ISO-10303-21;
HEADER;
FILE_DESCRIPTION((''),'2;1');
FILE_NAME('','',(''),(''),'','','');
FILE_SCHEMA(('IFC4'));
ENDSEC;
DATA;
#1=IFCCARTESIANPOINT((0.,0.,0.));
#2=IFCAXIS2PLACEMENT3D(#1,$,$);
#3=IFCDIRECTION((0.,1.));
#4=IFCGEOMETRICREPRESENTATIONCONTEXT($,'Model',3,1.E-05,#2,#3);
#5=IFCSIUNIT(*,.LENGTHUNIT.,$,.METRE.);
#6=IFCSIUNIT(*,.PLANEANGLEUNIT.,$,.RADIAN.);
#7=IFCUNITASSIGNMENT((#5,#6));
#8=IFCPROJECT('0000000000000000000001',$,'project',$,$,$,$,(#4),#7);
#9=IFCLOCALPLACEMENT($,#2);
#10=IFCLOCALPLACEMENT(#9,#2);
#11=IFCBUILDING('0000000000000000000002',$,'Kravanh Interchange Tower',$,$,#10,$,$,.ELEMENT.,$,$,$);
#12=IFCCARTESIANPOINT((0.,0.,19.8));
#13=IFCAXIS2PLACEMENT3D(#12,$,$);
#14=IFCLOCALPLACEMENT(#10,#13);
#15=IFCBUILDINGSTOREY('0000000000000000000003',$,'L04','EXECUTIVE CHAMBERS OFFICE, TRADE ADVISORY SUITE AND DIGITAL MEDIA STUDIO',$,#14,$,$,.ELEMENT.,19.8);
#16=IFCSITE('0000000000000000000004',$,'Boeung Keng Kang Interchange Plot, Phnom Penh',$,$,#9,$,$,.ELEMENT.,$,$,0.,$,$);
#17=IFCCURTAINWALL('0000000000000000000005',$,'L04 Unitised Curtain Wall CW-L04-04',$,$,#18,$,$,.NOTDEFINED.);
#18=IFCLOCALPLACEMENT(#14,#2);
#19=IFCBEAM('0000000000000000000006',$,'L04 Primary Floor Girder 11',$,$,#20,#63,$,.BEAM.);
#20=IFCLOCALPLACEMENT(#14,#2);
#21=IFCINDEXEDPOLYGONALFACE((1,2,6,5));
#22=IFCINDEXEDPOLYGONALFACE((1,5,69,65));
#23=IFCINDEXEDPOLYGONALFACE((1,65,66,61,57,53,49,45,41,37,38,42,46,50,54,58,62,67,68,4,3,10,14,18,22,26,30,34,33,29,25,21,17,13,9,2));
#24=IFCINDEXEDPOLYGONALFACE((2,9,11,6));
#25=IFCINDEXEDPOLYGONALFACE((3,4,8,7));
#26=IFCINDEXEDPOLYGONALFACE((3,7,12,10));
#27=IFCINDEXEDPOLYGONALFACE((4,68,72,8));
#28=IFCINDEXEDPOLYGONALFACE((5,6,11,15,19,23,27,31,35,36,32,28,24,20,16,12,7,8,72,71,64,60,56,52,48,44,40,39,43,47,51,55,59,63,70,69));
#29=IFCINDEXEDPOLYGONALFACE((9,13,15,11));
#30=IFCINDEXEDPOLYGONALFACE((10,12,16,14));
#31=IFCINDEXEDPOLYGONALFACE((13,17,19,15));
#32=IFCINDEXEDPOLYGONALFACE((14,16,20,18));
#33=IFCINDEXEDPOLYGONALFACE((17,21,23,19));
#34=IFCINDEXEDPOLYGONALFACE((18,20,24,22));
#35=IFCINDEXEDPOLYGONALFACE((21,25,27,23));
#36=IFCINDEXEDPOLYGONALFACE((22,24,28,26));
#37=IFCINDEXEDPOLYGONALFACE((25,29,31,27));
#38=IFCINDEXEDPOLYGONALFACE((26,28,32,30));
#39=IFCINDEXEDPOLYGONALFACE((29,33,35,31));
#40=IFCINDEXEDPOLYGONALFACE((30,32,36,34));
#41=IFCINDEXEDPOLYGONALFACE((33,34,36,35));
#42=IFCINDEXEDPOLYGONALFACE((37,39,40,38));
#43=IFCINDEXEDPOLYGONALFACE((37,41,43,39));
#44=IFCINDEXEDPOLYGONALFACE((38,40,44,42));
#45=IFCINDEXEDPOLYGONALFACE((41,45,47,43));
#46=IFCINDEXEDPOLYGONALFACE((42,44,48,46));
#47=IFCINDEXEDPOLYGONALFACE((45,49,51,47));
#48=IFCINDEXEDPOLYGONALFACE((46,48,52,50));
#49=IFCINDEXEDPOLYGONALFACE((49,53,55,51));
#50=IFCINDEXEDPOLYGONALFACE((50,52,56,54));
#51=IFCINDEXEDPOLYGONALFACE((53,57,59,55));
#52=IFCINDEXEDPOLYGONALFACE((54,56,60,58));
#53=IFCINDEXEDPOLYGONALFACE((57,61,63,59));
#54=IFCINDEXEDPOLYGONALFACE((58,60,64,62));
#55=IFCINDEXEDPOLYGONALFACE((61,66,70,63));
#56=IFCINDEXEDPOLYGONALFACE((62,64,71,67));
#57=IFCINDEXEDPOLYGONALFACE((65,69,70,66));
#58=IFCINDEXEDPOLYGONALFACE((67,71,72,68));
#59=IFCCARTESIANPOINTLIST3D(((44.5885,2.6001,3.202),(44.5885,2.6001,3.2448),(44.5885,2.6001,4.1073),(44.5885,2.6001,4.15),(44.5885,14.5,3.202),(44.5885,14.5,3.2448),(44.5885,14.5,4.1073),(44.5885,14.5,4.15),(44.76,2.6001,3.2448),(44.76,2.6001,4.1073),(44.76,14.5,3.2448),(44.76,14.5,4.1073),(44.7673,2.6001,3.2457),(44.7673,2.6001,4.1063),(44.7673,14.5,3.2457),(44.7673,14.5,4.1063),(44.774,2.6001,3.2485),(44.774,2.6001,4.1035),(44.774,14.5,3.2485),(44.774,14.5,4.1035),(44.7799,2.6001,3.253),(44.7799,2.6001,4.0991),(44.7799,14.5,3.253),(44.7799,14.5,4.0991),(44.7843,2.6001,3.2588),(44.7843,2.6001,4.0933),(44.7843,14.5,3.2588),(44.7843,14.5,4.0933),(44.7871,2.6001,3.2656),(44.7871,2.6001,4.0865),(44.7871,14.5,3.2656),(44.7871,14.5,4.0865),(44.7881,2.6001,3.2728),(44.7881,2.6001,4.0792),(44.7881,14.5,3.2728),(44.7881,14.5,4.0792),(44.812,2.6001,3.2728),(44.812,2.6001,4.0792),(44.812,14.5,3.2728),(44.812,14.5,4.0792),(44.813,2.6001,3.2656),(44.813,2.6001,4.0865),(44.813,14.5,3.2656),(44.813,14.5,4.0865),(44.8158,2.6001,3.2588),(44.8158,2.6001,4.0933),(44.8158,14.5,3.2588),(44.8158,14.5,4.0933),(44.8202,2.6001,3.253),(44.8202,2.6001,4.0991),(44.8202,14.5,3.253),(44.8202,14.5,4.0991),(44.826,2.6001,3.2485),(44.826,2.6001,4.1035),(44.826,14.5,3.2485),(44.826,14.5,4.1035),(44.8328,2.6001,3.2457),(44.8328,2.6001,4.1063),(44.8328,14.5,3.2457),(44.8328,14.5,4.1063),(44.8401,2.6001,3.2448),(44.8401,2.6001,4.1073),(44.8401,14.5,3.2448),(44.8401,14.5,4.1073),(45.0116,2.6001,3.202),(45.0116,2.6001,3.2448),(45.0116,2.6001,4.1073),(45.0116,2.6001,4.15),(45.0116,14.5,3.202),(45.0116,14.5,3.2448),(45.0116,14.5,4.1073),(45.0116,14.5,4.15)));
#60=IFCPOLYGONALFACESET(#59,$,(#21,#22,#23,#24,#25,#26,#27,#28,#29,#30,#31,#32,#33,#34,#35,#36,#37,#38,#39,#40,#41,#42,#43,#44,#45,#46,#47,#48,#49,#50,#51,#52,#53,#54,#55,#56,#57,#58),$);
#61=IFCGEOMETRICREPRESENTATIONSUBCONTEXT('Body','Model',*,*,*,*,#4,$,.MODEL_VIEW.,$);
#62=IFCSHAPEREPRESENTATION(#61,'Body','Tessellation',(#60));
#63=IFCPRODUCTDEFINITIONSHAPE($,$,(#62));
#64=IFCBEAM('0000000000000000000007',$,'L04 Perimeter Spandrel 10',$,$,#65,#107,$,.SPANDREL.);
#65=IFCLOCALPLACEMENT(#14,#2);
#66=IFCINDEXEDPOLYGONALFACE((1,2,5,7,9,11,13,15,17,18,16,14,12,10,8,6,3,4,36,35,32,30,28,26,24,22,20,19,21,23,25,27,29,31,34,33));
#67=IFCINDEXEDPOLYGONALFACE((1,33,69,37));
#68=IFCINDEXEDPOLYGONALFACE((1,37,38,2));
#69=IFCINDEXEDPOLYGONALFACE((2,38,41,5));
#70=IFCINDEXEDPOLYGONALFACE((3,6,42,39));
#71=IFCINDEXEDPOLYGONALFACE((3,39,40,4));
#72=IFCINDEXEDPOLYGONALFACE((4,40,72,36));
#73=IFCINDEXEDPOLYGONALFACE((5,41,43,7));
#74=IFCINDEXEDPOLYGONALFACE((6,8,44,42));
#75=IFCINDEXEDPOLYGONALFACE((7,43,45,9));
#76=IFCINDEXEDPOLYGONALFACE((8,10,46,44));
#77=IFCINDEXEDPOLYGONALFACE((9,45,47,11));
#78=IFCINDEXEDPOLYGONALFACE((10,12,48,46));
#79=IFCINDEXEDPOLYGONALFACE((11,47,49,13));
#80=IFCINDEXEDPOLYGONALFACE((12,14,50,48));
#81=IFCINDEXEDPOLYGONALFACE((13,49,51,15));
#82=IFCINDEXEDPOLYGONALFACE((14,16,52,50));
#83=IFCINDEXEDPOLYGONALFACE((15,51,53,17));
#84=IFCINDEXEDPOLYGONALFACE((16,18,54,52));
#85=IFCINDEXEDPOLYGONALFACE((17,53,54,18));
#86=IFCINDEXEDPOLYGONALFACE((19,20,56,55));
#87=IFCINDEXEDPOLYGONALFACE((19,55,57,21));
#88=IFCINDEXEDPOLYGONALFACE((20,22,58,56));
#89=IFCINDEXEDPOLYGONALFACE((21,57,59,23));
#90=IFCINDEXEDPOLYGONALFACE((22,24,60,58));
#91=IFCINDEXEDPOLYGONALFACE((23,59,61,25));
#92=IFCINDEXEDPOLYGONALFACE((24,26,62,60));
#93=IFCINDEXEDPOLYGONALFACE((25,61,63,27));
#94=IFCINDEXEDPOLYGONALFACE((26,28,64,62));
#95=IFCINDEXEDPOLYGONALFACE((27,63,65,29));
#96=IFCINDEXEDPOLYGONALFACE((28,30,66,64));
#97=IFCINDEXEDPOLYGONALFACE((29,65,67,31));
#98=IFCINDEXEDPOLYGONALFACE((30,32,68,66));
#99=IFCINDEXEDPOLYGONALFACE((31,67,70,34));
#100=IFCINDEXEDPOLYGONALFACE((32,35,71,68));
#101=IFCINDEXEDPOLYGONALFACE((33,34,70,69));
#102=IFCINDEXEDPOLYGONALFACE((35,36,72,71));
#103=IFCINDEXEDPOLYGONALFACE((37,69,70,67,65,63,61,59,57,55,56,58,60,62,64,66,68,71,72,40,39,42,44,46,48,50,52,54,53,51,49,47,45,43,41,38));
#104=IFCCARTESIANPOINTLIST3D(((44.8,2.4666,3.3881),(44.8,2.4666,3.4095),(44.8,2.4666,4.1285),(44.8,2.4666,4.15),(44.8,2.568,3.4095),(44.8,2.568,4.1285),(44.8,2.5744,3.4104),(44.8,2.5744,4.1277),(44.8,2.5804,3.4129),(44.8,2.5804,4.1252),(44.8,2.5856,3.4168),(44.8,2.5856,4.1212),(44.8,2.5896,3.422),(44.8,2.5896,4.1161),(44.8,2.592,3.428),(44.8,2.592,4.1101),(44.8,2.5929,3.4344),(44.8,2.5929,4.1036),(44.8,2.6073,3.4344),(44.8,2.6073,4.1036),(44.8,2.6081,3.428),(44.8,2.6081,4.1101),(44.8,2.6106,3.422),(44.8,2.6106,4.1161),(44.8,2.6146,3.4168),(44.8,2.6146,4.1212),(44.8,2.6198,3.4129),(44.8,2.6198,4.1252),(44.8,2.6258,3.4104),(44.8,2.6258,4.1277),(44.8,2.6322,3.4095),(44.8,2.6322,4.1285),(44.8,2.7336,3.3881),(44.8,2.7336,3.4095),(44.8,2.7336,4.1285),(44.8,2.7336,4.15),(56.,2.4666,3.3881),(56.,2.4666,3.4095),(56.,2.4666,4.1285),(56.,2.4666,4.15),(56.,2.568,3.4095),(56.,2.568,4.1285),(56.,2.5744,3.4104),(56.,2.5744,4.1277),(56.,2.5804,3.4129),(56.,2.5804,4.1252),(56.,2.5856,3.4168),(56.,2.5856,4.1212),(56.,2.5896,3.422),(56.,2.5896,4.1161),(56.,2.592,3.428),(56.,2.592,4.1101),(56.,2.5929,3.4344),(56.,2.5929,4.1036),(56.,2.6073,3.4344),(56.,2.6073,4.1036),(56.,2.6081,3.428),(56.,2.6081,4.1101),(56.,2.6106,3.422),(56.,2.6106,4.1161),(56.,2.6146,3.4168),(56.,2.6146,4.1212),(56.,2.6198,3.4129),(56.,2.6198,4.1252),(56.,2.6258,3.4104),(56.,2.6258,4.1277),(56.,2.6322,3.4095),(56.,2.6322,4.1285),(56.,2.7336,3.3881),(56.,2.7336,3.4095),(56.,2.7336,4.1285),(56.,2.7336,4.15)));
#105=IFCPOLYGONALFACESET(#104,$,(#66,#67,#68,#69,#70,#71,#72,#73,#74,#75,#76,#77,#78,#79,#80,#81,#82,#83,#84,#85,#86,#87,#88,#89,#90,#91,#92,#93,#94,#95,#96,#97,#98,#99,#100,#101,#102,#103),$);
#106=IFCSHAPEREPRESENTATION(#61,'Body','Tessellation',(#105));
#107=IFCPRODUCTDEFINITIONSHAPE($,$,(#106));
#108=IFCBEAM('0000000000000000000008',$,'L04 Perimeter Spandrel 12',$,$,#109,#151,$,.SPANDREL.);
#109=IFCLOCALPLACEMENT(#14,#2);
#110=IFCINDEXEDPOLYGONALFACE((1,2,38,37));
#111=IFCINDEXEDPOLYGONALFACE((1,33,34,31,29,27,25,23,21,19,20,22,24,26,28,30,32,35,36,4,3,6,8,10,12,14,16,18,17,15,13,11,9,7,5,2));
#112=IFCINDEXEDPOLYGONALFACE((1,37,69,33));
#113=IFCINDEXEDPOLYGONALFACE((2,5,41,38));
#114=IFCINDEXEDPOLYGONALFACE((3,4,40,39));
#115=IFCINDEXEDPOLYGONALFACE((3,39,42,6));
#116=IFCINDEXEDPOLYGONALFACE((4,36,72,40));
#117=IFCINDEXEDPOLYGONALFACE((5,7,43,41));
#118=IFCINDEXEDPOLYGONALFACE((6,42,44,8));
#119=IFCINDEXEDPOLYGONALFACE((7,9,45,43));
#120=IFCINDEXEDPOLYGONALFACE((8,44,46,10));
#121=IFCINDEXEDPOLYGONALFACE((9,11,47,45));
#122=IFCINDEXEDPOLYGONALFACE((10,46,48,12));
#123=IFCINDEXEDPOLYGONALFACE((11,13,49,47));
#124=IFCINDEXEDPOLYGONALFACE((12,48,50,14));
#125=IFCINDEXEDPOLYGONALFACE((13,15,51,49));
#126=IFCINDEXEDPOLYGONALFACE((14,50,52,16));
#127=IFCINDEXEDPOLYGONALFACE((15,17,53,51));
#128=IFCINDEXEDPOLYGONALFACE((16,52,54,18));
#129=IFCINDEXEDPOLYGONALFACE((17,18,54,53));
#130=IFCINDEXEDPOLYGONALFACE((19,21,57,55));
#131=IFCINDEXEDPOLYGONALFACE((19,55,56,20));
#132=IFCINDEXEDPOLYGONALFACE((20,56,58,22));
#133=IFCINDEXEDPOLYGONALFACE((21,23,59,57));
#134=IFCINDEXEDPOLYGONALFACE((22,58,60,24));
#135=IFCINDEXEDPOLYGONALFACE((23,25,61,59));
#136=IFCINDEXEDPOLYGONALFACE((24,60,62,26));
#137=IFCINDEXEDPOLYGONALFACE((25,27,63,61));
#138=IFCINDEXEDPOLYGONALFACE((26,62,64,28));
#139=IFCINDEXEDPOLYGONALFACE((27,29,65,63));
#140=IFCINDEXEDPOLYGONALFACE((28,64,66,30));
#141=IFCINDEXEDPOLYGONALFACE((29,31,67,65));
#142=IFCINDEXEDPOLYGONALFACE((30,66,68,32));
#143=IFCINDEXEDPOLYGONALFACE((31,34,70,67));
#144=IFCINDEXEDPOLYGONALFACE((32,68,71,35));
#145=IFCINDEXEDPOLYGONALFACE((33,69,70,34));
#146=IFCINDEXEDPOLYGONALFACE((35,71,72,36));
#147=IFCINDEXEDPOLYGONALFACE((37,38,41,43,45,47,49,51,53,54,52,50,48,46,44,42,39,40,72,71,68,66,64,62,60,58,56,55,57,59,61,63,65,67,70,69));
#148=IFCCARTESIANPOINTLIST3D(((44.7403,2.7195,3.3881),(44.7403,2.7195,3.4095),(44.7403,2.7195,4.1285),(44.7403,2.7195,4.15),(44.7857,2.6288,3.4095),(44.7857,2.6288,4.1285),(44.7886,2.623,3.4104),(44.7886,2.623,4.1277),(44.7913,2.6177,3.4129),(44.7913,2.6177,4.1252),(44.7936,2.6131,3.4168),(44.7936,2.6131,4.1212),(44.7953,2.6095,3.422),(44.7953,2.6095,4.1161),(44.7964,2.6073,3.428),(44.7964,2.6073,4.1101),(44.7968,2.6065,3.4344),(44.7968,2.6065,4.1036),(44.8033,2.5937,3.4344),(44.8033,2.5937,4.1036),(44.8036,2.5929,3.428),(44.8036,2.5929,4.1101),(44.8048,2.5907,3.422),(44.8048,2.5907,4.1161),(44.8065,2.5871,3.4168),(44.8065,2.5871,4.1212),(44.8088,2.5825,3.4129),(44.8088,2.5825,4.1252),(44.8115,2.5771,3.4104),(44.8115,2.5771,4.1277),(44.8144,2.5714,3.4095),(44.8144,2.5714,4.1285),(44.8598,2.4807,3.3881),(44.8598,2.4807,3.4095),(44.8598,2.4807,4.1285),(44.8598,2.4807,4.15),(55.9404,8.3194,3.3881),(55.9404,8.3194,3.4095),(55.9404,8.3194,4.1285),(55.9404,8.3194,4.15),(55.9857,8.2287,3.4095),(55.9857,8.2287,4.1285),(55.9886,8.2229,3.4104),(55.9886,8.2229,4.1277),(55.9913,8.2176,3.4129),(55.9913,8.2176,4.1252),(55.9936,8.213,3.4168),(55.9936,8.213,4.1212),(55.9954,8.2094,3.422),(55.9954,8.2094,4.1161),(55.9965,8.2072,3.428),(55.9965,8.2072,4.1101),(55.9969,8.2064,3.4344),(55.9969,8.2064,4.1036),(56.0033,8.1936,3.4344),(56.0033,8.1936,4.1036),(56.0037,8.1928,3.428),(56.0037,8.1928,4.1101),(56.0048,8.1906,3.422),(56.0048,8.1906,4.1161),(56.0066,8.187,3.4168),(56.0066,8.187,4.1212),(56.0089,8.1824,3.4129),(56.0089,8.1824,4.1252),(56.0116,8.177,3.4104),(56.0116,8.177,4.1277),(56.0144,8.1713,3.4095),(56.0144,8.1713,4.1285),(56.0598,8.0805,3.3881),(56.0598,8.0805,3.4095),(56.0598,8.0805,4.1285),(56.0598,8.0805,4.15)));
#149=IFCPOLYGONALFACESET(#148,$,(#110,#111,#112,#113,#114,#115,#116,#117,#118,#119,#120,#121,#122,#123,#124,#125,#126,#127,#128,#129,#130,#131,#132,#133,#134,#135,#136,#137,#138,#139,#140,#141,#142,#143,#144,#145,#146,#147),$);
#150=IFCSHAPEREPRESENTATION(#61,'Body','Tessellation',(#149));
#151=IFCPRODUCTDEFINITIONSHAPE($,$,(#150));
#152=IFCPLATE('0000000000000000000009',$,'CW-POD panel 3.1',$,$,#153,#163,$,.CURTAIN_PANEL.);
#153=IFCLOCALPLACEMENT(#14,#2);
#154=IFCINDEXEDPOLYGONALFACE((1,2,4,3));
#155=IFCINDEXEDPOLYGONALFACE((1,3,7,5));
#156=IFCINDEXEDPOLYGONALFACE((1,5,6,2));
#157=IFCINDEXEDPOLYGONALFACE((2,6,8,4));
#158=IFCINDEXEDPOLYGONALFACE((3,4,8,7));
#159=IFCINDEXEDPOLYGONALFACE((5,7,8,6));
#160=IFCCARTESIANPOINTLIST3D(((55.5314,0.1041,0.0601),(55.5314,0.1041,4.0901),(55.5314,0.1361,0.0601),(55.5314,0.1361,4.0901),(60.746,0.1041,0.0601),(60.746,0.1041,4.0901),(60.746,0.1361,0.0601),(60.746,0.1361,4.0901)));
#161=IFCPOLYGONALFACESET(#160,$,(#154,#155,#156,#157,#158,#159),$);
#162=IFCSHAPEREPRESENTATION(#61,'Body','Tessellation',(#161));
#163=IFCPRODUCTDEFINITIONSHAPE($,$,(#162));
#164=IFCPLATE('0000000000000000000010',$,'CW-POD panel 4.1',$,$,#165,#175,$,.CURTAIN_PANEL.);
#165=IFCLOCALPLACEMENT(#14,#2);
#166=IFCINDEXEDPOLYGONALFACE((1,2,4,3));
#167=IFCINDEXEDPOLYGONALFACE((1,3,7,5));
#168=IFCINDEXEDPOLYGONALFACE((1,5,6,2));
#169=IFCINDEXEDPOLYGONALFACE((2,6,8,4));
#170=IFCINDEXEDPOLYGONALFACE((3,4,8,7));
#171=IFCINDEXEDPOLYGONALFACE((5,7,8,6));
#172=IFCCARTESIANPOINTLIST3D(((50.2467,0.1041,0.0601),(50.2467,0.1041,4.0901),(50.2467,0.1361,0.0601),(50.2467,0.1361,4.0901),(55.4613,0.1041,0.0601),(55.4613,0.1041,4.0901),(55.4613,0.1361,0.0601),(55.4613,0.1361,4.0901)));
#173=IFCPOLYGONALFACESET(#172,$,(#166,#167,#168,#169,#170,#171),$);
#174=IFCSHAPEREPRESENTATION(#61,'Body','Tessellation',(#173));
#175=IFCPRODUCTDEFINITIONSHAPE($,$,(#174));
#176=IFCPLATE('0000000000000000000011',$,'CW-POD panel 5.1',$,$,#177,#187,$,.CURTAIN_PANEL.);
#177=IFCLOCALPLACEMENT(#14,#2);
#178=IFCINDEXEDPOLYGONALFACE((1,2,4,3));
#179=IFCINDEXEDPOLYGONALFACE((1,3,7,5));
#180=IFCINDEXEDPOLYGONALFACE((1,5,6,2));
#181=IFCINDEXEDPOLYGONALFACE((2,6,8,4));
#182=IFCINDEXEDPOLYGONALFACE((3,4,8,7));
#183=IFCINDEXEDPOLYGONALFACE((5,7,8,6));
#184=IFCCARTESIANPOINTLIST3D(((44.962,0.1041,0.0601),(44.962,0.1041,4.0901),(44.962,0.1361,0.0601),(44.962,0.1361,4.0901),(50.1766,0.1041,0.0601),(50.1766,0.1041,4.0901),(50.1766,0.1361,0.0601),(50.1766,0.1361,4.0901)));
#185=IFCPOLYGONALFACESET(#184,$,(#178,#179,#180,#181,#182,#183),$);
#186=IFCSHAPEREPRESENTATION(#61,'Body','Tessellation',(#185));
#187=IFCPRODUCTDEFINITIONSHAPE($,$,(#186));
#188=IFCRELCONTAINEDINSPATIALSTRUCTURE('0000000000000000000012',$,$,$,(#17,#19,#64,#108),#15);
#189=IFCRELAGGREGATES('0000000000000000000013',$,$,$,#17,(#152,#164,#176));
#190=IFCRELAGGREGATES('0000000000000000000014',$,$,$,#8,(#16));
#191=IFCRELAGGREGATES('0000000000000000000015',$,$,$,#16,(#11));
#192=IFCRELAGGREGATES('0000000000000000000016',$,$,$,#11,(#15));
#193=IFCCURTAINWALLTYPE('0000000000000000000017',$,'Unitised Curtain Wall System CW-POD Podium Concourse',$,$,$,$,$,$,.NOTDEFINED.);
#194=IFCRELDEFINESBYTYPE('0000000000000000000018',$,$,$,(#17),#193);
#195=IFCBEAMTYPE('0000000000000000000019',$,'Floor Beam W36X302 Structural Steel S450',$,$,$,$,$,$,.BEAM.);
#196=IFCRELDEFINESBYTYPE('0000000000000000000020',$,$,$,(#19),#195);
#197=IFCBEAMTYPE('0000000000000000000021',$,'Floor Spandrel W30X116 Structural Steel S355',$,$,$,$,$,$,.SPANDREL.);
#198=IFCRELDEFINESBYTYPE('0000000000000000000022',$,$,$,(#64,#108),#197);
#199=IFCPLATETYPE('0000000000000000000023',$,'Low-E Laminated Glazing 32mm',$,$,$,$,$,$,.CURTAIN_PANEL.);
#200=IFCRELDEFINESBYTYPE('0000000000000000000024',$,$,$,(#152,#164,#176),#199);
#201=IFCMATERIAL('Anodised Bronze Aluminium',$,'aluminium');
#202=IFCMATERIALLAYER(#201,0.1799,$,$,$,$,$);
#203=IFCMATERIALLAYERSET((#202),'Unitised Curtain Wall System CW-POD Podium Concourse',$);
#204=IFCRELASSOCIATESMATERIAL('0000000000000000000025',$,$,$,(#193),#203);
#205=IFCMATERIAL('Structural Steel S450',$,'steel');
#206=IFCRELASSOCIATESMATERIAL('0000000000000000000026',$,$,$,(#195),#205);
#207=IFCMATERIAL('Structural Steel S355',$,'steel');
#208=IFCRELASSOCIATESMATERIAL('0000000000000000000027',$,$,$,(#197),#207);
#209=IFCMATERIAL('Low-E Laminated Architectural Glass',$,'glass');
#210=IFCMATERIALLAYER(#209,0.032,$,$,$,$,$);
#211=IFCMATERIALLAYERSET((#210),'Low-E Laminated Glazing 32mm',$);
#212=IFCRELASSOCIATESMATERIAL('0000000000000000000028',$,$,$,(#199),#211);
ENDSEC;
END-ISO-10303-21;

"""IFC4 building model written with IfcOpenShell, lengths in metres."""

from ifc_helpers import new_model, si_unit, direction, frame, origin, origin_2d, place, context, subcontext, project, spatial, rectangle, i_section, extrude, material, layer, layer_set, material_profile, profile_set, type_object, element, aggregate, save


model = new_model("IFC4")

# Units and contexts
model_context = context("Model", 3, precision=1e-05, world=origin(), true_north=direction((0.0, 1.0)))
body_context = subcontext(model_context, "Body", "Model", "MODEL_VIEW")
ifc_project = project(units=[si_unit("LENGTHUNIT", "METRE"), si_unit("PLANEANGLEUNIT", "RADIAN")], contexts=[model_context])

# Site, building, storey
site_placement = place(None, origin())
site = spatial("IfcSite", under=ifc_project, at=site_placement, Name="Boeung Keng Kang Interchange Plot, Phnom Penh", CompositionType="ELEMENT", RefElevation=0.0)
building_placement = place(site_placement, origin())
building = spatial("IfcBuilding", under=site, at=building_placement, Name="Kravanh Interchange Tower", CompositionType="ELEMENT")
storey_placement = place(building_placement, frame((0.0, 0.0, 19.8)))
storey = spatial("IfcBuildingStorey", under=building, at=storey_placement, Name="L04", Description="EXECUTIVE CHAMBERS OFFICE, TRADE ADVISORY SUITE AND DIGITAL MEDIA STUDIO", CompositionType="ELEMENT", Elevation=19.8)

# Curtain wall
ifc_material_1 = material(Name="Anodised Bronze Aluminium", Category="aluminium")
ifc_layer_1 = layer(ifc_material_1, 0.1799)
ifc_layer_set_1 = layer_set([ifc_layer_1], Name="Unitised Curtain Wall System CW-POD Podium Concourse")
curtain_wall_type = type_object("IfcCurtainWallType", Name="Unitised Curtain Wall System CW-POD Podium Concourse", PredefinedType="NOTDEFINED", material=ifc_layer_set_1)
curtain_wall_placement = place(storey_placement, origin())
curtain_wall = element("IfcCurtainWall", 1, at=curtain_wall_placement, inside=storey, type_object=curtain_wall_type, Name="L04 Unitised Curtain Wall CW-L04-04", PredefinedType="NOTDEFINED")

# Beams
ifc_material_2 = material(Name="Structural Steel S450", Category="steel")
ifc_material_profile_1 = material_profile(ifc_material_2, i_section(OverallWidth=0.4231, OverallDepth=0.948, WebThickness=0.0239, FlangeThickness=0.0427, FilletRadius=0.0281, at=origin_2d()), Name="W36X302")
ifc_profile_set_1 = profile_set([ifc_material_profile_1], Name="Structural Steel S450")
beam_type_1 = type_object("IfcBeamType", Name="Floor Beam W36X302 Structural Steel S450", PredefinedType="BEAM", material=ifc_profile_set_1)
beam_1_placement = place(storey_placement, frame((44.8, 2.6001, 3.676), z_axis=(0.0, 1.0, 0.0), x_axis=(-1.0, 0.0, 0.0)))
element("IfcBeam", 2, at=beam_1_placement, inside=storey, type_object=beam_type_1, Name="L04 Primary Floor Girder 11", PredefinedType="BEAM", context=body_context, shape_type="SweptSolid", body=[
    extrude(i_section(OverallWidth=0.4231, OverallDepth=0.948, WebThickness=0.0239, FlangeThickness=0.0427, FilletRadius=0.0281, at=origin_2d()), origin(), (0.0, 0.0, 1.0), 11.8999),
])
ifc_material_3 = material(Name="Structural Steel S355", Category="steel")
ifc_material_profile_2 = material_profile(ifc_material_3, i_section(OverallWidth=0.2671, OverallDepth=0.762, WebThickness=0.0144, FlangeThickness=0.0215, FilletRadius=0.0249, at=origin_2d()), Name="W30X116")
ifc_profile_set_2 = profile_set([ifc_material_profile_2], Name="Structural Steel S355")
beam_type_2 = type_object("IfcBeamType", Name="Floor Spandrel W30X116 Structural Steel S355", PredefinedType="SPANDREL", material=ifc_profile_set_2)
beam_2_placement = place(storey_placement, frame((44.8, 2.6001, 3.769), z_axis=(1.0, 0.0, 0.0), x_axis=(0.0, 1.0, 0.0)))
element("IfcBeam", 3, at=beam_2_placement, inside=storey, type_object=beam_type_2, Name="L04 Perimeter Spandrel 10", PredefinedType="SPANDREL", context=body_context, shape_type="SweptSolid", body=[
    extrude(i_section(OverallWidth=0.2671, OverallDepth=0.762, WebThickness=0.0144, FlangeThickness=0.0215, FilletRadius=0.0249, at=origin_2d()), origin(), (0.0, 0.0, 1.0), 11.2),
])
beam_3_placement = place(storey_placement, frame((44.8, 2.6001, 3.769), z_axis=(0.894431, 0.447206, 0.0), x_axis=(-0.447206, 0.894431, 0.0)))
element("IfcBeam", 4, at=beam_3_placement, inside=storey, type_object=beam_type_2, Name="L04 Perimeter Spandrel 12", PredefinedType="SPANDREL", context=body_context, shape_type="SweptSolid", body=[
    extrude(i_section(OverallWidth=0.2671, OverallDepth=0.762, WebThickness=0.0144, FlangeThickness=0.0215, FilletRadius=0.0249, at=origin_2d()), origin(), (0.0, 0.0, 1.0), 12.522),
])

# Plates
ifc_material_4 = material(Name="Low-E Laminated Architectural Glass", Category="glass")
ifc_layer_2 = layer(ifc_material_4, 0.032)
ifc_layer_set_2 = layer_set([ifc_layer_2], Name="Low-E Laminated Glazing 32mm")
plate_type = type_object("IfcPlateType", Name="Low-E Laminated Glazing 32mm", PredefinedType="CURTAIN_PANEL", material=ifc_layer_set_2)
plate_1_placement = place(storey_placement, frame((58.1387, 0.1201, 0.0601), z_axis=(0.0, 0.0, 1.0), x_axis=(-1.0, 0.0, 0.0)))
plate_1 = element("IfcPlate", 5, at=plate_1_placement, type_object=plate_type, Name="CW-POD panel 3.1", PredefinedType="CURTAIN_PANEL", context=body_context, shape_type="SweptSolid", body=[
    extrude(rectangle(XDim=5.2146, YDim=0.032, at=origin_2d()), origin(), (0.0, 0.0, 1.0), 4.03),
])
plate_2_placement = place(storey_placement, frame((52.854, 0.1201, 0.0601), z_axis=(0.0, 0.0, 1.0), x_axis=(-1.0, 0.0, 0.0)))
plate_2 = element("IfcPlate", 6, at=plate_2_placement, type_object=plate_type, Name="CW-POD panel 4.1", PredefinedType="CURTAIN_PANEL", context=body_context, shape_type="SweptSolid", body=[
    extrude(rectangle(XDim=5.2146, YDim=0.032, at=origin_2d()), origin(), (0.0, 0.0, 1.0), 4.03),
])
plate_3_placement = place(storey_placement, frame((47.5693, 0.1201, 0.0601), z_axis=(0.0, 0.0, 1.0), x_axis=(-1.0, 0.0, 0.0)))
plate_3 = element("IfcPlate", 7, at=plate_3_placement, type_object=plate_type, Name="CW-POD panel 5.1", PredefinedType="CURTAIN_PANEL", context=body_context, shape_type="SweptSolid", body=[
    extrude(rectangle(XDim=5.2146, YDim=0.032, at=origin_2d()), origin(), (0.0, 0.0, 1.0), 4.03),
])
aggregate(curtain_wall, [plate_1, plate_2, plate_3])

save(model, "model.ifc")
